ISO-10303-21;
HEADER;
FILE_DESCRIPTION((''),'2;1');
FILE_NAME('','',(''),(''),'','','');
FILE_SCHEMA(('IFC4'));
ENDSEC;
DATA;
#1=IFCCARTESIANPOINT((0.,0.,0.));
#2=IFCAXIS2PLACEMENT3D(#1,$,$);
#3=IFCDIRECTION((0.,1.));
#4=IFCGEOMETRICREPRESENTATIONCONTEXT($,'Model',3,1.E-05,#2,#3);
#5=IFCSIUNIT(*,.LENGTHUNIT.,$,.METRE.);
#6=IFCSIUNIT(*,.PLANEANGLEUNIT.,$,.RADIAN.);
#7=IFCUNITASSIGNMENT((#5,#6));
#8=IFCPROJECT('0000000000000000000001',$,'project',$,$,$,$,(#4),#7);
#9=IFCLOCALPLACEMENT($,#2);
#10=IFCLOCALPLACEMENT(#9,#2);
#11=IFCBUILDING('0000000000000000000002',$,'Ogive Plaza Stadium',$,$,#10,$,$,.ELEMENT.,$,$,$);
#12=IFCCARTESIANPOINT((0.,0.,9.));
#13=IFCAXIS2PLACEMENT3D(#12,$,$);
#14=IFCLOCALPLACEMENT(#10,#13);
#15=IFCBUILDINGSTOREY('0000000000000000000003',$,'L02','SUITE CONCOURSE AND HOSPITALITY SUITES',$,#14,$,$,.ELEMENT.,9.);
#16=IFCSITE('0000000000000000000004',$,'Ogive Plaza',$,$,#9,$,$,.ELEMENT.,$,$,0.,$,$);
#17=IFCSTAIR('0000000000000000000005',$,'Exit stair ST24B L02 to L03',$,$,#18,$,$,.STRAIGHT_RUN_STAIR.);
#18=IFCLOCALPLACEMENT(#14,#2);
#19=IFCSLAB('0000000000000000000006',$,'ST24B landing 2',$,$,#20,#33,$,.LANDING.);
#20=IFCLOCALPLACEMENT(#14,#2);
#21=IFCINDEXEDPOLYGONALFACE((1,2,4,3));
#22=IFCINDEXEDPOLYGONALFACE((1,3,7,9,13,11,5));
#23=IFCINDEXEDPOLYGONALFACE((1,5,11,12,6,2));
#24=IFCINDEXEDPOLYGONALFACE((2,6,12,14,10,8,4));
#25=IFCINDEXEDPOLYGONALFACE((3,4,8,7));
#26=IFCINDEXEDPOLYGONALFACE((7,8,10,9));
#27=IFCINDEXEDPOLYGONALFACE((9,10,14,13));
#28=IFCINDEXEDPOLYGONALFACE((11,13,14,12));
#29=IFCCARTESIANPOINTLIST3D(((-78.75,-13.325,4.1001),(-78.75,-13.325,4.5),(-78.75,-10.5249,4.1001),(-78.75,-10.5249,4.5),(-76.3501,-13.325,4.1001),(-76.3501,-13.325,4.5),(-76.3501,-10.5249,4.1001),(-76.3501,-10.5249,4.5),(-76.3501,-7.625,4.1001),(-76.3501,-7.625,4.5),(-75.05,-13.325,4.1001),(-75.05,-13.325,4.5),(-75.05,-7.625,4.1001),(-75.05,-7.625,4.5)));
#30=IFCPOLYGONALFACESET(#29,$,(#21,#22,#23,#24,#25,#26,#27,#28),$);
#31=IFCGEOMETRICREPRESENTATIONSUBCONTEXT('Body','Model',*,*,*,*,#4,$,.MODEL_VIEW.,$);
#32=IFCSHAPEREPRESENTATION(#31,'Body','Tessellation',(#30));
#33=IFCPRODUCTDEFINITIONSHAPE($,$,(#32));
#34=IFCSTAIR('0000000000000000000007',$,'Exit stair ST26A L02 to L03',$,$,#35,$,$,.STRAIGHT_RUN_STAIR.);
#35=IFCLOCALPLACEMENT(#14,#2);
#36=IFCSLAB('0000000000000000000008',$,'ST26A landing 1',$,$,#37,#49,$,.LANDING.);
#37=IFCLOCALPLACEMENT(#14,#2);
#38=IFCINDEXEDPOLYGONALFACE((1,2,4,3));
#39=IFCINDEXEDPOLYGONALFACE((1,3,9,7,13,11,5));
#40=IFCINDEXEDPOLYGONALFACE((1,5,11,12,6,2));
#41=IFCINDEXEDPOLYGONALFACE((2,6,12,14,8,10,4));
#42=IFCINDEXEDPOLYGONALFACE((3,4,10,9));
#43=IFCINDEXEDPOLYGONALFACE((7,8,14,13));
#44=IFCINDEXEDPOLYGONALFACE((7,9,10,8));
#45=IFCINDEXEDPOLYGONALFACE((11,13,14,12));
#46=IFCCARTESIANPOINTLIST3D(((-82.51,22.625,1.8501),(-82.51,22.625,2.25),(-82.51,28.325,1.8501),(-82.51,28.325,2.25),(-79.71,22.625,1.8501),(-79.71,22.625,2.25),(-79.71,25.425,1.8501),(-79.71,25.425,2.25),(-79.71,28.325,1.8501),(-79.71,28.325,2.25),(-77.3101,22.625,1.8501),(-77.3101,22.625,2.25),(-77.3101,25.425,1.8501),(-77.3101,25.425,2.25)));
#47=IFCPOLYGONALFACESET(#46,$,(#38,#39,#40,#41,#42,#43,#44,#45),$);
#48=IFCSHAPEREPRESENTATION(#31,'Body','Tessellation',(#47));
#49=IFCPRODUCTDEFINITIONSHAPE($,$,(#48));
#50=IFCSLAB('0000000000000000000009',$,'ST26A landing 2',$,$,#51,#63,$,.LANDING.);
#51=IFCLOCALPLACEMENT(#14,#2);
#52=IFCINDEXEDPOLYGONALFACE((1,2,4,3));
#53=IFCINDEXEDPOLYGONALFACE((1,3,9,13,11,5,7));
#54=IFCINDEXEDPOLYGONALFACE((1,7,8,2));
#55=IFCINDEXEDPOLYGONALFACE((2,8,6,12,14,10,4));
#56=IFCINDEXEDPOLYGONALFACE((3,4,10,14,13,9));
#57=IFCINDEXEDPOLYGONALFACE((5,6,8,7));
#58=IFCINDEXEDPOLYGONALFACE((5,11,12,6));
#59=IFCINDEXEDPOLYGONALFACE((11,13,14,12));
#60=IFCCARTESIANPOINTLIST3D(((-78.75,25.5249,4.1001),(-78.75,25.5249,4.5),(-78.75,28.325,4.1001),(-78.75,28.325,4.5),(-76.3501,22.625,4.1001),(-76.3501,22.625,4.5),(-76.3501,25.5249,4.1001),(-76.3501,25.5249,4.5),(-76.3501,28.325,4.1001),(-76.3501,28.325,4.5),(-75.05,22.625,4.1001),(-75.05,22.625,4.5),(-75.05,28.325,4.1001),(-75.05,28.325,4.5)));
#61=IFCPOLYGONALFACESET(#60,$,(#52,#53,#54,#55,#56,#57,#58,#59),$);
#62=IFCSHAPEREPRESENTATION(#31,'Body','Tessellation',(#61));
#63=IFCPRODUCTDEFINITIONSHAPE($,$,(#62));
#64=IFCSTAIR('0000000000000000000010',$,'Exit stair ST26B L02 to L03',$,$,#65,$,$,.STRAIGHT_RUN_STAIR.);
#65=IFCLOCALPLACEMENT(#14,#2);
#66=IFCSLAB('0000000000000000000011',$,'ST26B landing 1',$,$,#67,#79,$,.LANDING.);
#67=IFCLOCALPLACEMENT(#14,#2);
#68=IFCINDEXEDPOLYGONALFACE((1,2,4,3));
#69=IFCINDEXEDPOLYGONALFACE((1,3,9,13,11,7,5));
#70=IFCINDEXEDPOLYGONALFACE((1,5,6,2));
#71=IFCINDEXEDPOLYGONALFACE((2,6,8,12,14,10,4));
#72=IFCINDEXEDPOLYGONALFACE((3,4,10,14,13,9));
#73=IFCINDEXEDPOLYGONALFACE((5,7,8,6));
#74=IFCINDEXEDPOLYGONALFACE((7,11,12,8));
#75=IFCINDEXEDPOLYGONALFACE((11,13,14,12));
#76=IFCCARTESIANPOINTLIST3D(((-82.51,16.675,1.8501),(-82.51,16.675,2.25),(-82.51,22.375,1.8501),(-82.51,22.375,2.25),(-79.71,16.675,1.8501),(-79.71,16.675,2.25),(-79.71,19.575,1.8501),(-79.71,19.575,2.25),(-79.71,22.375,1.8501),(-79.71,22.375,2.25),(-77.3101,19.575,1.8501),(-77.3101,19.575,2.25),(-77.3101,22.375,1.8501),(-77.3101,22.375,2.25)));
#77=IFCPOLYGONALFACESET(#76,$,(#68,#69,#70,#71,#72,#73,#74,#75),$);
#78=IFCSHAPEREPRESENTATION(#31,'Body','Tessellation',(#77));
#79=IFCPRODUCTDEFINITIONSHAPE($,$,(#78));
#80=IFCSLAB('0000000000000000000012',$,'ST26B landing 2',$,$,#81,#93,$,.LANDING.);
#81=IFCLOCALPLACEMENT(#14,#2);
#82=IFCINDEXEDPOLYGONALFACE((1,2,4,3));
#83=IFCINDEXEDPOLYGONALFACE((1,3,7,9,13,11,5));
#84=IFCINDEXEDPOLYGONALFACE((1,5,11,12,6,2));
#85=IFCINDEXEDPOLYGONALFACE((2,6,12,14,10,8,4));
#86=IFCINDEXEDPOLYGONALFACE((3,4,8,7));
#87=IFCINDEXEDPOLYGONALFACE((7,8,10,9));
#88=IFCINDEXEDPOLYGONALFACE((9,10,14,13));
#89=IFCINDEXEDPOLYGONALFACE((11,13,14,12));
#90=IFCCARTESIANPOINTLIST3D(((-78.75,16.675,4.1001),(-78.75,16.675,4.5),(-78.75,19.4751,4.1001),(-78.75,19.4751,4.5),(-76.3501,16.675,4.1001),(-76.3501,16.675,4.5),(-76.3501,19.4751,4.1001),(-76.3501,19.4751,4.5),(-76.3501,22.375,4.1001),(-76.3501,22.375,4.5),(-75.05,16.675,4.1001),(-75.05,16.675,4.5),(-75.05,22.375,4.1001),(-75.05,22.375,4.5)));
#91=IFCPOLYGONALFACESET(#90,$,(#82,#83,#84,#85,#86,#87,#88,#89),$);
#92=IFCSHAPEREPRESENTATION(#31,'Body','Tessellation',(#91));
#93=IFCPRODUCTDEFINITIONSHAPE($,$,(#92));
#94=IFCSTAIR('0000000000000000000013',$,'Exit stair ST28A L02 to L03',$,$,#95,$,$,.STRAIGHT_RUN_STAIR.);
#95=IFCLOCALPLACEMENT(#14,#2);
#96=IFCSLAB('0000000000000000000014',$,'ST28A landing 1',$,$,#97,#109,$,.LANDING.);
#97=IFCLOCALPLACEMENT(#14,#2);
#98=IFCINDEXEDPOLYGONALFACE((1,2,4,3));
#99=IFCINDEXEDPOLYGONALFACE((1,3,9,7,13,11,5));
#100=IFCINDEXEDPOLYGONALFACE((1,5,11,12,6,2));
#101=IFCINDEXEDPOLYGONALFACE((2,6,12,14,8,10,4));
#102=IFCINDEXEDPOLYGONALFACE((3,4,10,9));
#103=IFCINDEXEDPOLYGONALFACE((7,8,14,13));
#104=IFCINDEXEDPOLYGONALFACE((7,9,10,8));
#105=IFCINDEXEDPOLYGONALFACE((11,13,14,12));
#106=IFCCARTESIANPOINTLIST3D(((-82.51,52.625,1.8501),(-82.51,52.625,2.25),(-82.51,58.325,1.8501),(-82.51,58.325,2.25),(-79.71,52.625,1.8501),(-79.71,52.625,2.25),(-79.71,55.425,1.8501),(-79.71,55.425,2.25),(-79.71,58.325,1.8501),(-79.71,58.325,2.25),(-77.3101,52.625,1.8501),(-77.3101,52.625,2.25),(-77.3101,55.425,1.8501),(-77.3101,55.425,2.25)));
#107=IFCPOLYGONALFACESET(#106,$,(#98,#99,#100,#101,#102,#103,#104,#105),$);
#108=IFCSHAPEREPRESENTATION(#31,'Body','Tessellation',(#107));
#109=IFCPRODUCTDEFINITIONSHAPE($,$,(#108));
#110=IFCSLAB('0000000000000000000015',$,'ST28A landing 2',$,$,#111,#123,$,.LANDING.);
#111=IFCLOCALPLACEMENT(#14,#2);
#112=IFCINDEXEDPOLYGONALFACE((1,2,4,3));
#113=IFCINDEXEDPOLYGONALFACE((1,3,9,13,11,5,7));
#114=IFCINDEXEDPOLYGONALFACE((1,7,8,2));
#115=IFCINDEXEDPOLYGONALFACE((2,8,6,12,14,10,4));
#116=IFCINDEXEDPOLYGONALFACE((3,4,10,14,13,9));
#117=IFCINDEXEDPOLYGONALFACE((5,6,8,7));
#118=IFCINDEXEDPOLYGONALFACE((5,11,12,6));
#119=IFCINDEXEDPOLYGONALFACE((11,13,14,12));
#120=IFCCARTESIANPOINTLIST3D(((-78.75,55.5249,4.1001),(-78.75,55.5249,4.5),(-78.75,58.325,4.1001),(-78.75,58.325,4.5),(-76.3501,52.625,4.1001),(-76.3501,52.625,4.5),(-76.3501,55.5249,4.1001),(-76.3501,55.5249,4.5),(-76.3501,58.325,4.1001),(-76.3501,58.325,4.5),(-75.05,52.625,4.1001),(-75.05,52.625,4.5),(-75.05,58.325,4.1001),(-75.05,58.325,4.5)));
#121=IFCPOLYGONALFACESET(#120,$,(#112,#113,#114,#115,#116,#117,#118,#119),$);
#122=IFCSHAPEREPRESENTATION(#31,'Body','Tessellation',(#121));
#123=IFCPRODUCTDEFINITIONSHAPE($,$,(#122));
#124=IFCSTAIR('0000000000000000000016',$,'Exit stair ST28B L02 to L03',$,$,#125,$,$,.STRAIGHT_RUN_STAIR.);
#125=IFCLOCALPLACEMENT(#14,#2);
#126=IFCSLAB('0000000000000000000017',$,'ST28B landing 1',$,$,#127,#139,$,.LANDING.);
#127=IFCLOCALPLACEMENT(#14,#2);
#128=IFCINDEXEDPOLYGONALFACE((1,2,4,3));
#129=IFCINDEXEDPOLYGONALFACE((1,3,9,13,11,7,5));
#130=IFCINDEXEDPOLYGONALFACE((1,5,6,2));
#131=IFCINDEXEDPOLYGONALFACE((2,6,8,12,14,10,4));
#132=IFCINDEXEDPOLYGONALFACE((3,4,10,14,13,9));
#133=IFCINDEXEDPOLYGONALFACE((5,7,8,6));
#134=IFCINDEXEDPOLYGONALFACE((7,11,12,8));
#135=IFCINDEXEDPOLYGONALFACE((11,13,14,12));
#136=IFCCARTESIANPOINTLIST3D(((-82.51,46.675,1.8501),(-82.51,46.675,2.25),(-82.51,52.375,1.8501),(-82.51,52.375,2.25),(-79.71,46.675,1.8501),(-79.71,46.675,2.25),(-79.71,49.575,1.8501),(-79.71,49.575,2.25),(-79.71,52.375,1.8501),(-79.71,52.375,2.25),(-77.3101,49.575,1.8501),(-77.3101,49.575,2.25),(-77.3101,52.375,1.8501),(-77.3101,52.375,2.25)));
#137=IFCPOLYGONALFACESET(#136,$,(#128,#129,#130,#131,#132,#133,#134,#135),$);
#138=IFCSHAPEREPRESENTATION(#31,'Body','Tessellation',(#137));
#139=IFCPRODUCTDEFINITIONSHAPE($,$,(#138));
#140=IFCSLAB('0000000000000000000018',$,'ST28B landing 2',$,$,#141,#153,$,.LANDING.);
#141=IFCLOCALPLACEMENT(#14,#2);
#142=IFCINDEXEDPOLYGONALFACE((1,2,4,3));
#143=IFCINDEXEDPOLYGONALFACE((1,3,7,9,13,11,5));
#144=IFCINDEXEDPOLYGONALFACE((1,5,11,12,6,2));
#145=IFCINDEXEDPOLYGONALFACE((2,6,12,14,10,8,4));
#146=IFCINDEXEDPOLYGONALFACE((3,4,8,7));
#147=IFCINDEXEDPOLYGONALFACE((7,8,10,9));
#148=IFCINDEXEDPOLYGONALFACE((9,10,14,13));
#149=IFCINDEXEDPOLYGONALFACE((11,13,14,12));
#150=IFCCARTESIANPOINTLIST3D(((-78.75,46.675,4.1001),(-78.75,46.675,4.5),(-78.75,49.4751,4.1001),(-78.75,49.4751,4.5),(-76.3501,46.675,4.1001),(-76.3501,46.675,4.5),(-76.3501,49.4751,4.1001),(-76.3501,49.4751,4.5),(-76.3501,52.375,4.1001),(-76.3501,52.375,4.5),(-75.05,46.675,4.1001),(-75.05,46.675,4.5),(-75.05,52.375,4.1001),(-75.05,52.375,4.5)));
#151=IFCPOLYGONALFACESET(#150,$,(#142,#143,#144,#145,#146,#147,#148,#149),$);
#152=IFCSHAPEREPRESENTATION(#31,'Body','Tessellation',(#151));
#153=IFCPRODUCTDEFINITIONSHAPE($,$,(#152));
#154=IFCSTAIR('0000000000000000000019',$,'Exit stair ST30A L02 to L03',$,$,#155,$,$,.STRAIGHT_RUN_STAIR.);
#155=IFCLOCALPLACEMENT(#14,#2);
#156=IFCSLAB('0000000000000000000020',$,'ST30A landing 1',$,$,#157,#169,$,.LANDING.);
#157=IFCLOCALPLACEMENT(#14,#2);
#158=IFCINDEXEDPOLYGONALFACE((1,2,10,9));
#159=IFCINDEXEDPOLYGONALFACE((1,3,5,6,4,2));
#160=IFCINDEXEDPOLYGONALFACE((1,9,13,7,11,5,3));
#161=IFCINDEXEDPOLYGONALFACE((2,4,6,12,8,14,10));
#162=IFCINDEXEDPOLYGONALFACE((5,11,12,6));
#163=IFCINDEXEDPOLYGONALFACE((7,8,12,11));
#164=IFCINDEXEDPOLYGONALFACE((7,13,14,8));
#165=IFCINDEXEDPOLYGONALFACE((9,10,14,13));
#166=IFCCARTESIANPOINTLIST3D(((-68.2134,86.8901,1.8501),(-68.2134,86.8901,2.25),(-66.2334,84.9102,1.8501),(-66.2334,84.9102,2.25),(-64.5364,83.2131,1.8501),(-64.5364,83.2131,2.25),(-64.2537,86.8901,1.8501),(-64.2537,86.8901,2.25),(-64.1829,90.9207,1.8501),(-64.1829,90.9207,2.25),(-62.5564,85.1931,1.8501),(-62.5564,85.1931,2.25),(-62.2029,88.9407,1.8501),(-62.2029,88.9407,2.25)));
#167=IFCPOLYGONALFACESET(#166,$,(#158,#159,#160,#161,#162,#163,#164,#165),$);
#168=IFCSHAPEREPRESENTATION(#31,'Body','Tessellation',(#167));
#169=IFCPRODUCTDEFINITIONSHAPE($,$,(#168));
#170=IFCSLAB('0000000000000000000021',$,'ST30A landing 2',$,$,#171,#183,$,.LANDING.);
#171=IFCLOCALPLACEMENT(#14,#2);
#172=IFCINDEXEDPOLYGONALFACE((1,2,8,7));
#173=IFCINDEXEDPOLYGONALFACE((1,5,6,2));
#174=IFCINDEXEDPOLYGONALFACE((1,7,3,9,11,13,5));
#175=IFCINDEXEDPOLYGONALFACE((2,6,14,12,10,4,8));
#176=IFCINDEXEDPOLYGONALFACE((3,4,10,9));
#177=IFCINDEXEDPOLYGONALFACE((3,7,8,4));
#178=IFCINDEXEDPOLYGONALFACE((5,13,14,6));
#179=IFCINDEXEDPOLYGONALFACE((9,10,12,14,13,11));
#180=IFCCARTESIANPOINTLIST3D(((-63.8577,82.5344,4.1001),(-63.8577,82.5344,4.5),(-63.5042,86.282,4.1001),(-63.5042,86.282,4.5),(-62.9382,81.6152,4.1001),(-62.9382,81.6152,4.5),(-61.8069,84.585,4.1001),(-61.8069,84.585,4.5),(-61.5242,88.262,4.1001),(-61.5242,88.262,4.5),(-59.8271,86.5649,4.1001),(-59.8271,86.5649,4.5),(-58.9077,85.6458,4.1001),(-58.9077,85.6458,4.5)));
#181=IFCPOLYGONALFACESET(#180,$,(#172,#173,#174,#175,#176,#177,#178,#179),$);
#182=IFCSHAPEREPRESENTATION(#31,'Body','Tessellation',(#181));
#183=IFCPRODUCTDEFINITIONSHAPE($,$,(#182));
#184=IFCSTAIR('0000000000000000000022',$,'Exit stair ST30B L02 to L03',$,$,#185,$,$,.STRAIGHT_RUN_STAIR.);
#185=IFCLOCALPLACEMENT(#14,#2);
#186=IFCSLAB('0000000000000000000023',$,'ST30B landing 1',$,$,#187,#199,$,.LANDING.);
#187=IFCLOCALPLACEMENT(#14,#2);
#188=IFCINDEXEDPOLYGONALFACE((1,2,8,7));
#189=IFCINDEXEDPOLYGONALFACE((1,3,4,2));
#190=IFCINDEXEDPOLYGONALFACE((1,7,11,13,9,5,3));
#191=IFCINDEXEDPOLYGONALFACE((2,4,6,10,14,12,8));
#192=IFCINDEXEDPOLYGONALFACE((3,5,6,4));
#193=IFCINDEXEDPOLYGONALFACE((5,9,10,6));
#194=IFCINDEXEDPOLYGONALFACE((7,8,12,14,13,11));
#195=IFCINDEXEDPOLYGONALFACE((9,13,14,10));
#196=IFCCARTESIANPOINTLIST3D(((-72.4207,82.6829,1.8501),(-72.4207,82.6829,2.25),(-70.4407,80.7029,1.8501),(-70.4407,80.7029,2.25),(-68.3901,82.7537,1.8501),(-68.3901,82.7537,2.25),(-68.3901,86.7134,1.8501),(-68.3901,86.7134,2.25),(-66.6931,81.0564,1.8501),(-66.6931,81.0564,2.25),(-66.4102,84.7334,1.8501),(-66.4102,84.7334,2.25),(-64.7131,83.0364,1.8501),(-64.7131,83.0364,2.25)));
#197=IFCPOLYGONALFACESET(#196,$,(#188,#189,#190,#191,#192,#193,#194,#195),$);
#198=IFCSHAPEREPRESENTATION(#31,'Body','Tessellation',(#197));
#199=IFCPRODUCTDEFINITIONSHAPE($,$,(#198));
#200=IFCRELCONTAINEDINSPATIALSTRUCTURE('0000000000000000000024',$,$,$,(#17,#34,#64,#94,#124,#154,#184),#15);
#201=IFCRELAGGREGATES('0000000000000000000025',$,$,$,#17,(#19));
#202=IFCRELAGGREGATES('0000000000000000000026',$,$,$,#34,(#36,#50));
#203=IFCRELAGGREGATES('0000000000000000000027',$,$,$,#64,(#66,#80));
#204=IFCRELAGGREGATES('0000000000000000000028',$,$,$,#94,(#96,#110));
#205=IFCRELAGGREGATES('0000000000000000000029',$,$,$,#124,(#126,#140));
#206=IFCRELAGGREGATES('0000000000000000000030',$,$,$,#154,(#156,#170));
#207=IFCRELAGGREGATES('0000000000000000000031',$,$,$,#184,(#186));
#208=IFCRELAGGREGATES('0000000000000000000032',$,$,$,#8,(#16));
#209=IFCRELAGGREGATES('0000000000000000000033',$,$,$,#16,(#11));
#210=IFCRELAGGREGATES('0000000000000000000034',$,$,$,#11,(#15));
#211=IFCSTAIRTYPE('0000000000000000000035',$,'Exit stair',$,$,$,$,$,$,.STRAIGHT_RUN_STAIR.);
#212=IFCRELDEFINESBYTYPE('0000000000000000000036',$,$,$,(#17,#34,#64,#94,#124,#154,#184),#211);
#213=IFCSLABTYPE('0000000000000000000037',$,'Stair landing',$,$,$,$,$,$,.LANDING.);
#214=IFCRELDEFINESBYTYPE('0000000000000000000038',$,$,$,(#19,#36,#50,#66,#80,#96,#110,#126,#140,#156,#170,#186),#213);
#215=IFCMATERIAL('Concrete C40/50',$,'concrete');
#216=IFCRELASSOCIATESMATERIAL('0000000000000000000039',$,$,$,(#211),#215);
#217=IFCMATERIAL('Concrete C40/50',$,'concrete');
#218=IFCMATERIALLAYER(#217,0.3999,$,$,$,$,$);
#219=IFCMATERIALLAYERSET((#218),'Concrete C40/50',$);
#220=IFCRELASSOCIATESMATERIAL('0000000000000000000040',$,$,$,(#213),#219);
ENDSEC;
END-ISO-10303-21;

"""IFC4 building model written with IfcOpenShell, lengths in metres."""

from ifc_helpers import new_model, si_unit, direction, frame, origin, place, context, subcontext, project, spatial, polyline, outline, extrude, material, layer, layer_set, type_object, element, aggregate, save


model = new_model("IFC4")

# Units and contexts
model_context = context("Model", 3, precision=1e-05, world=origin(), true_north=direction((0.0, 1.0)))
body_context = subcontext(model_context, "Body", "Model", "MODEL_VIEW")
ifc_project = project(units=[si_unit("LENGTHUNIT", "METRE"), si_unit("PLANEANGLEUNIT", "RADIAN")], contexts=[model_context])

# Site, building, storey
site_placement = place(None, origin())
site = spatial("IfcSite", under=ifc_project, at=site_placement, Name="Ogive Plaza", CompositionType="ELEMENT", RefElevation=0.0)
building_placement = place(site_placement, origin())
building = spatial("IfcBuilding", under=site, at=building_placement, Name="Ogive Plaza Stadium", CompositionType="ELEMENT")
storey_placement = place(building_placement, frame((0.0, 0.0, 9.0)))
storey = spatial("IfcBuildingStorey", under=building, at=storey_placement, Name="L02", Description="SUITE CONCOURSE AND HOSPITALITY SUITES", CompositionType="ELEMENT", Elevation=9.0)

# Stair, slab
ifc_material_1 = material(Name="Concrete C40/50", Category="concrete")
stair_type = type_object("IfcStairType", Name="Exit stair", PredefinedType="STRAIGHT_RUN_STAIR", material=ifc_material_1)
stair_1_placement = place(storey_placement, origin())
stair_1 = element("IfcStair", 1, at=stair_1_placement, inside=storey, type_object=stair_type, Name="Exit stair ST24B L02 to L03", PredefinedType="STRAIGHT_RUN_STAIR")
ifc_material_2 = material(Name="Concrete C40/50", Category="concrete")
ifc_layer = layer(ifc_material_2, 0.3999)
ifc_layer_set = layer_set([ifc_layer], Name="Concrete C40/50")
slab_type = type_object("IfcSlabType", Name="Stair landing", PredefinedType="LANDING", material=ifc_layer_set)
slab_1_placement = place(storey_placement, frame((0.0, 0.0, 4.1001)))
slab_1 = element("IfcSlab", 2, at=slab_1_placement, type_object=slab_type, Name="ST24B landing 2", PredefinedType="LANDING", context=body_context, shape_type="SweptSolid", body=[
    extrude(outline(polyline([(-76.3501, -7.625), (-75.05, -7.625), (-75.05, -13.325), (-76.3501, -13.325), (-78.75, -13.325), (-78.75, -10.5249), (-76.3501, -10.5249), (-76.3501, -7.625)])), origin(), (0.0, 0.0, 1.0), 0.3999),
])
aggregate(stair_1, [slab_1])

# Stairs, slabs
stair_2_placement = place(storey_placement, origin())
stair_2 = element("IfcStair", 3, at=stair_2_placement, inside=storey, type_object=stair_type, Name="Exit stair ST26A L02 to L03", PredefinedType="STRAIGHT_RUN_STAIR")
slab_2_placement = place(storey_placement, frame((0.0, 0.0, 1.8501)))
slab_2 = element("IfcSlab", 4, at=slab_2_placement, type_object=slab_type, Name="ST26A landing 1", PredefinedType="LANDING", context=body_context, shape_type="SweptSolid", body=[
    extrude(outline(polyline([(-82.51, 22.625), (-82.51, 28.325), (-79.71, 28.325), (-79.71, 25.425), (-77.3101, 25.425), (-77.3101, 22.625), (-79.71, 22.625), (-82.51, 22.625)])), origin(), (0.0, 0.0, 1.0), 0.3999),
])
slab_3_placement = place(storey_placement, frame((0.0, 0.0, 4.1001)))
slab_3 = element("IfcSlab", 5, at=slab_3_placement, type_object=slab_type, Name="ST26A landing 2", PredefinedType="LANDING", context=body_context, shape_type="SweptSolid", body=[
    extrude(outline(polyline([(-78.75, 25.5249), (-78.75, 28.325), (-76.3501, 28.325), (-75.05, 28.325), (-75.05, 22.625), (-76.3501, 22.625), (-76.3501, 25.5249), (-78.75, 25.5249)])), origin(), (0.0, 0.0, 1.0), 0.3999),
])
aggregate(stair_2, [slab_2, slab_3])
stair_3_placement = place(storey_placement, origin())
stair_3 = element("IfcStair", 6, at=stair_3_placement, inside=storey, type_object=stair_type, Name="Exit stair ST26B L02 to L03", PredefinedType="STRAIGHT_RUN_STAIR")
slab_4_placement = place(storey_placement, frame((0.0, 0.0, 1.8501)))
slab_4 = element("IfcSlab", 7, at=slab_4_placement, type_object=slab_type, Name="ST26B landing 1", PredefinedType="LANDING", context=body_context, shape_type="SweptSolid", body=[
    extrude(outline(polyline([(-77.3101, 22.375), (-77.3101, 19.575), (-79.71, 19.575), (-79.71, 16.675), (-82.51, 16.675), (-82.51, 22.375), (-79.71, 22.375), (-77.3101, 22.375)])), origin(), (0.0, 0.0, 1.0), 0.3999),
])
slab_5_placement = place(storey_placement, frame((0.0, 0.0, 4.1001)))
slab_5 = element("IfcSlab", 8, at=slab_5_placement, type_object=slab_type, Name="ST26B landing 2", PredefinedType="LANDING", context=body_context, shape_type="SweptSolid", body=[
    extrude(outline(polyline([(-76.3501, 22.375), (-75.05, 22.375), (-75.05, 16.675), (-76.3501, 16.675), (-78.75, 16.675), (-78.75, 19.4751), (-76.3501, 19.4751), (-76.3501, 22.375)])), origin(), (0.0, 0.0, 1.0), 0.3999),
])
aggregate(stair_3, [slab_4, slab_5])
stair_4_placement = place(storey_placement, origin())
stair_4 = element("IfcStair", 9, at=stair_4_placement, inside=storey, type_object=stair_type, Name="Exit stair ST28A L02 to L03", PredefinedType="STRAIGHT_RUN_STAIR")
slab_6_placement = place(storey_placement, frame((0.0, 0.0, 1.8501)))
slab_6 = element("IfcSlab", 10, at=slab_6_placement, type_object=slab_type, Name="ST28A landing 1", PredefinedType="LANDING", context=body_context, shape_type="SweptSolid", body=[
    extrude(outline(polyline([(-82.51, 52.625), (-82.51, 58.325), (-79.71, 58.325), (-79.71, 55.425), (-77.3101, 55.425), (-77.3101, 52.625), (-79.71, 52.625), (-82.51, 52.625)])), origin(), (0.0, 0.0, 1.0), 0.3999),
])
slab_7_placement = place(storey_placement, frame((0.0, 0.0, 4.1001)))
slab_7 = element("IfcSlab", 11, at=slab_7_placement, type_object=slab_type, Name="ST28A landing 2", PredefinedType="LANDING", context=body_context, shape_type="SweptSolid", body=[
    extrude(outline(polyline([(-78.75, 55.5249), (-78.75, 58.325), (-76.3501, 58.325), (-75.05, 58.325), (-75.05, 52.625), (-76.3501, 52.625), (-76.3501, 55.5249), (-78.75, 55.5249)])), origin(), (0.0, 0.0, 1.0), 0.3999),
])
aggregate(stair_4, [slab_6, slab_7])
stair_5_placement = place(storey_placement, origin())
stair_5 = element("IfcStair", 12, at=stair_5_placement, inside=storey, type_object=stair_type, Name="Exit stair ST28B L02 to L03", PredefinedType="STRAIGHT_RUN_STAIR")
slab_8_placement = place(storey_placement, frame((0.0, 0.0, 1.8501)))
slab_8 = element("IfcSlab", 13, at=slab_8_placement, type_object=slab_type, Name="ST28B landing 1", PredefinedType="LANDING", context=body_context, shape_type="SweptSolid", body=[
    extrude(outline(polyline([(-77.3101, 52.375), (-77.3101, 49.575), (-79.71, 49.575), (-79.71, 46.675), (-82.51, 46.675), (-82.51, 52.375), (-79.71, 52.375), (-77.3101, 52.375)])), origin(), (0.0, 0.0, 1.0), 0.3999),
])
slab_9_placement = place(storey_placement, frame((0.0, 0.0, 4.1001)))
slab_9 = element("IfcSlab", 14, at=slab_9_placement, type_object=slab_type, Name="ST28B landing 2", PredefinedType="LANDING", context=body_context, shape_type="SweptSolid", body=[
    extrude(outline(polyline([(-76.3501, 52.375), (-75.05, 52.375), (-75.05, 46.675), (-76.3501, 46.675), (-78.75, 46.675), (-78.75, 49.4751), (-76.3501, 49.4751), (-76.3501, 52.375)])), origin(), (0.0, 0.0, 1.0), 0.3999),
])
aggregate(stair_5, [slab_8, slab_9])
stair_6_placement = place(storey_placement, origin())
stair_6 = element("IfcStair", 15, at=stair_6_placement, inside=storey, type_object=stair_type, Name="Exit stair ST30A L02 to L03", PredefinedType="STRAIGHT_RUN_STAIR")
slab_10_placement = place(storey_placement, frame((0.0, 0.0, 1.8501)))
slab_10 = element("IfcSlab", 16, at=slab_10_placement, type_object=slab_type, Name="ST30A landing 1", PredefinedType="LANDING", context=body_context, shape_type="SweptSolid", body=[
    extrude(outline(polyline([(-68.2134, 86.8901), (-64.1829, 90.9207), (-62.2029, 88.9407), (-64.2537, 86.8901), (-62.5564, 85.1931), (-64.5364, 83.2131), (-66.2334, 84.9102), (-68.2134, 86.8901)])), origin(), (0.0, 0.0, 1.0), 0.3999),
])
slab_11_placement = place(storey_placement, frame((0.0, 0.0, 4.1001)))
slab_11 = element("IfcSlab", 17, at=slab_11_placement, type_object=slab_type, Name="ST30A landing 2", PredefinedType="LANDING", context=body_context, shape_type="SweptSolid", body=[
    extrude(outline(polyline([(-63.5042, 86.282), (-61.5242, 88.262), (-59.8271, 86.5649), (-58.9077, 85.6458), (-62.9382, 81.6152), (-63.8577, 82.5344), (-61.8069, 84.585), (-63.5042, 86.282)])), origin(), (0.0, 0.0, 1.0), 0.3999),
])
aggregate(stair_6, [slab_10, slab_11])
stair_7_placement = place(storey_placement, origin())
stair_7 = element("IfcStair", 18, at=stair_7_placement, inside=storey, type_object=stair_type, Name="Exit stair ST30B L02 to L03", PredefinedType="STRAIGHT_RUN_STAIR")
slab_12_placement = place(storey_placement, frame((0.0, 0.0, 1.8501)))
slab_12 = element("IfcSlab", 19, at=slab_12_placement, type_object=slab_type, Name="ST30B landing 1", PredefinedType="LANDING", context=body_context, shape_type="SweptSolid", body=[
    extrude(outline(polyline([(-64.7131, 83.0364), (-66.6931, 81.0564), (-68.3901, 82.7537), (-70.4407, 80.7029), (-72.4207, 82.6829), (-68.3901, 86.7134), (-66.4102, 84.7334), (-64.7131, 83.0364)])), origin(), (0.0, 0.0, 1.0), 0.3999),
])
aggregate(stair_7, [slab_12])

save(model, "model.ifc")
